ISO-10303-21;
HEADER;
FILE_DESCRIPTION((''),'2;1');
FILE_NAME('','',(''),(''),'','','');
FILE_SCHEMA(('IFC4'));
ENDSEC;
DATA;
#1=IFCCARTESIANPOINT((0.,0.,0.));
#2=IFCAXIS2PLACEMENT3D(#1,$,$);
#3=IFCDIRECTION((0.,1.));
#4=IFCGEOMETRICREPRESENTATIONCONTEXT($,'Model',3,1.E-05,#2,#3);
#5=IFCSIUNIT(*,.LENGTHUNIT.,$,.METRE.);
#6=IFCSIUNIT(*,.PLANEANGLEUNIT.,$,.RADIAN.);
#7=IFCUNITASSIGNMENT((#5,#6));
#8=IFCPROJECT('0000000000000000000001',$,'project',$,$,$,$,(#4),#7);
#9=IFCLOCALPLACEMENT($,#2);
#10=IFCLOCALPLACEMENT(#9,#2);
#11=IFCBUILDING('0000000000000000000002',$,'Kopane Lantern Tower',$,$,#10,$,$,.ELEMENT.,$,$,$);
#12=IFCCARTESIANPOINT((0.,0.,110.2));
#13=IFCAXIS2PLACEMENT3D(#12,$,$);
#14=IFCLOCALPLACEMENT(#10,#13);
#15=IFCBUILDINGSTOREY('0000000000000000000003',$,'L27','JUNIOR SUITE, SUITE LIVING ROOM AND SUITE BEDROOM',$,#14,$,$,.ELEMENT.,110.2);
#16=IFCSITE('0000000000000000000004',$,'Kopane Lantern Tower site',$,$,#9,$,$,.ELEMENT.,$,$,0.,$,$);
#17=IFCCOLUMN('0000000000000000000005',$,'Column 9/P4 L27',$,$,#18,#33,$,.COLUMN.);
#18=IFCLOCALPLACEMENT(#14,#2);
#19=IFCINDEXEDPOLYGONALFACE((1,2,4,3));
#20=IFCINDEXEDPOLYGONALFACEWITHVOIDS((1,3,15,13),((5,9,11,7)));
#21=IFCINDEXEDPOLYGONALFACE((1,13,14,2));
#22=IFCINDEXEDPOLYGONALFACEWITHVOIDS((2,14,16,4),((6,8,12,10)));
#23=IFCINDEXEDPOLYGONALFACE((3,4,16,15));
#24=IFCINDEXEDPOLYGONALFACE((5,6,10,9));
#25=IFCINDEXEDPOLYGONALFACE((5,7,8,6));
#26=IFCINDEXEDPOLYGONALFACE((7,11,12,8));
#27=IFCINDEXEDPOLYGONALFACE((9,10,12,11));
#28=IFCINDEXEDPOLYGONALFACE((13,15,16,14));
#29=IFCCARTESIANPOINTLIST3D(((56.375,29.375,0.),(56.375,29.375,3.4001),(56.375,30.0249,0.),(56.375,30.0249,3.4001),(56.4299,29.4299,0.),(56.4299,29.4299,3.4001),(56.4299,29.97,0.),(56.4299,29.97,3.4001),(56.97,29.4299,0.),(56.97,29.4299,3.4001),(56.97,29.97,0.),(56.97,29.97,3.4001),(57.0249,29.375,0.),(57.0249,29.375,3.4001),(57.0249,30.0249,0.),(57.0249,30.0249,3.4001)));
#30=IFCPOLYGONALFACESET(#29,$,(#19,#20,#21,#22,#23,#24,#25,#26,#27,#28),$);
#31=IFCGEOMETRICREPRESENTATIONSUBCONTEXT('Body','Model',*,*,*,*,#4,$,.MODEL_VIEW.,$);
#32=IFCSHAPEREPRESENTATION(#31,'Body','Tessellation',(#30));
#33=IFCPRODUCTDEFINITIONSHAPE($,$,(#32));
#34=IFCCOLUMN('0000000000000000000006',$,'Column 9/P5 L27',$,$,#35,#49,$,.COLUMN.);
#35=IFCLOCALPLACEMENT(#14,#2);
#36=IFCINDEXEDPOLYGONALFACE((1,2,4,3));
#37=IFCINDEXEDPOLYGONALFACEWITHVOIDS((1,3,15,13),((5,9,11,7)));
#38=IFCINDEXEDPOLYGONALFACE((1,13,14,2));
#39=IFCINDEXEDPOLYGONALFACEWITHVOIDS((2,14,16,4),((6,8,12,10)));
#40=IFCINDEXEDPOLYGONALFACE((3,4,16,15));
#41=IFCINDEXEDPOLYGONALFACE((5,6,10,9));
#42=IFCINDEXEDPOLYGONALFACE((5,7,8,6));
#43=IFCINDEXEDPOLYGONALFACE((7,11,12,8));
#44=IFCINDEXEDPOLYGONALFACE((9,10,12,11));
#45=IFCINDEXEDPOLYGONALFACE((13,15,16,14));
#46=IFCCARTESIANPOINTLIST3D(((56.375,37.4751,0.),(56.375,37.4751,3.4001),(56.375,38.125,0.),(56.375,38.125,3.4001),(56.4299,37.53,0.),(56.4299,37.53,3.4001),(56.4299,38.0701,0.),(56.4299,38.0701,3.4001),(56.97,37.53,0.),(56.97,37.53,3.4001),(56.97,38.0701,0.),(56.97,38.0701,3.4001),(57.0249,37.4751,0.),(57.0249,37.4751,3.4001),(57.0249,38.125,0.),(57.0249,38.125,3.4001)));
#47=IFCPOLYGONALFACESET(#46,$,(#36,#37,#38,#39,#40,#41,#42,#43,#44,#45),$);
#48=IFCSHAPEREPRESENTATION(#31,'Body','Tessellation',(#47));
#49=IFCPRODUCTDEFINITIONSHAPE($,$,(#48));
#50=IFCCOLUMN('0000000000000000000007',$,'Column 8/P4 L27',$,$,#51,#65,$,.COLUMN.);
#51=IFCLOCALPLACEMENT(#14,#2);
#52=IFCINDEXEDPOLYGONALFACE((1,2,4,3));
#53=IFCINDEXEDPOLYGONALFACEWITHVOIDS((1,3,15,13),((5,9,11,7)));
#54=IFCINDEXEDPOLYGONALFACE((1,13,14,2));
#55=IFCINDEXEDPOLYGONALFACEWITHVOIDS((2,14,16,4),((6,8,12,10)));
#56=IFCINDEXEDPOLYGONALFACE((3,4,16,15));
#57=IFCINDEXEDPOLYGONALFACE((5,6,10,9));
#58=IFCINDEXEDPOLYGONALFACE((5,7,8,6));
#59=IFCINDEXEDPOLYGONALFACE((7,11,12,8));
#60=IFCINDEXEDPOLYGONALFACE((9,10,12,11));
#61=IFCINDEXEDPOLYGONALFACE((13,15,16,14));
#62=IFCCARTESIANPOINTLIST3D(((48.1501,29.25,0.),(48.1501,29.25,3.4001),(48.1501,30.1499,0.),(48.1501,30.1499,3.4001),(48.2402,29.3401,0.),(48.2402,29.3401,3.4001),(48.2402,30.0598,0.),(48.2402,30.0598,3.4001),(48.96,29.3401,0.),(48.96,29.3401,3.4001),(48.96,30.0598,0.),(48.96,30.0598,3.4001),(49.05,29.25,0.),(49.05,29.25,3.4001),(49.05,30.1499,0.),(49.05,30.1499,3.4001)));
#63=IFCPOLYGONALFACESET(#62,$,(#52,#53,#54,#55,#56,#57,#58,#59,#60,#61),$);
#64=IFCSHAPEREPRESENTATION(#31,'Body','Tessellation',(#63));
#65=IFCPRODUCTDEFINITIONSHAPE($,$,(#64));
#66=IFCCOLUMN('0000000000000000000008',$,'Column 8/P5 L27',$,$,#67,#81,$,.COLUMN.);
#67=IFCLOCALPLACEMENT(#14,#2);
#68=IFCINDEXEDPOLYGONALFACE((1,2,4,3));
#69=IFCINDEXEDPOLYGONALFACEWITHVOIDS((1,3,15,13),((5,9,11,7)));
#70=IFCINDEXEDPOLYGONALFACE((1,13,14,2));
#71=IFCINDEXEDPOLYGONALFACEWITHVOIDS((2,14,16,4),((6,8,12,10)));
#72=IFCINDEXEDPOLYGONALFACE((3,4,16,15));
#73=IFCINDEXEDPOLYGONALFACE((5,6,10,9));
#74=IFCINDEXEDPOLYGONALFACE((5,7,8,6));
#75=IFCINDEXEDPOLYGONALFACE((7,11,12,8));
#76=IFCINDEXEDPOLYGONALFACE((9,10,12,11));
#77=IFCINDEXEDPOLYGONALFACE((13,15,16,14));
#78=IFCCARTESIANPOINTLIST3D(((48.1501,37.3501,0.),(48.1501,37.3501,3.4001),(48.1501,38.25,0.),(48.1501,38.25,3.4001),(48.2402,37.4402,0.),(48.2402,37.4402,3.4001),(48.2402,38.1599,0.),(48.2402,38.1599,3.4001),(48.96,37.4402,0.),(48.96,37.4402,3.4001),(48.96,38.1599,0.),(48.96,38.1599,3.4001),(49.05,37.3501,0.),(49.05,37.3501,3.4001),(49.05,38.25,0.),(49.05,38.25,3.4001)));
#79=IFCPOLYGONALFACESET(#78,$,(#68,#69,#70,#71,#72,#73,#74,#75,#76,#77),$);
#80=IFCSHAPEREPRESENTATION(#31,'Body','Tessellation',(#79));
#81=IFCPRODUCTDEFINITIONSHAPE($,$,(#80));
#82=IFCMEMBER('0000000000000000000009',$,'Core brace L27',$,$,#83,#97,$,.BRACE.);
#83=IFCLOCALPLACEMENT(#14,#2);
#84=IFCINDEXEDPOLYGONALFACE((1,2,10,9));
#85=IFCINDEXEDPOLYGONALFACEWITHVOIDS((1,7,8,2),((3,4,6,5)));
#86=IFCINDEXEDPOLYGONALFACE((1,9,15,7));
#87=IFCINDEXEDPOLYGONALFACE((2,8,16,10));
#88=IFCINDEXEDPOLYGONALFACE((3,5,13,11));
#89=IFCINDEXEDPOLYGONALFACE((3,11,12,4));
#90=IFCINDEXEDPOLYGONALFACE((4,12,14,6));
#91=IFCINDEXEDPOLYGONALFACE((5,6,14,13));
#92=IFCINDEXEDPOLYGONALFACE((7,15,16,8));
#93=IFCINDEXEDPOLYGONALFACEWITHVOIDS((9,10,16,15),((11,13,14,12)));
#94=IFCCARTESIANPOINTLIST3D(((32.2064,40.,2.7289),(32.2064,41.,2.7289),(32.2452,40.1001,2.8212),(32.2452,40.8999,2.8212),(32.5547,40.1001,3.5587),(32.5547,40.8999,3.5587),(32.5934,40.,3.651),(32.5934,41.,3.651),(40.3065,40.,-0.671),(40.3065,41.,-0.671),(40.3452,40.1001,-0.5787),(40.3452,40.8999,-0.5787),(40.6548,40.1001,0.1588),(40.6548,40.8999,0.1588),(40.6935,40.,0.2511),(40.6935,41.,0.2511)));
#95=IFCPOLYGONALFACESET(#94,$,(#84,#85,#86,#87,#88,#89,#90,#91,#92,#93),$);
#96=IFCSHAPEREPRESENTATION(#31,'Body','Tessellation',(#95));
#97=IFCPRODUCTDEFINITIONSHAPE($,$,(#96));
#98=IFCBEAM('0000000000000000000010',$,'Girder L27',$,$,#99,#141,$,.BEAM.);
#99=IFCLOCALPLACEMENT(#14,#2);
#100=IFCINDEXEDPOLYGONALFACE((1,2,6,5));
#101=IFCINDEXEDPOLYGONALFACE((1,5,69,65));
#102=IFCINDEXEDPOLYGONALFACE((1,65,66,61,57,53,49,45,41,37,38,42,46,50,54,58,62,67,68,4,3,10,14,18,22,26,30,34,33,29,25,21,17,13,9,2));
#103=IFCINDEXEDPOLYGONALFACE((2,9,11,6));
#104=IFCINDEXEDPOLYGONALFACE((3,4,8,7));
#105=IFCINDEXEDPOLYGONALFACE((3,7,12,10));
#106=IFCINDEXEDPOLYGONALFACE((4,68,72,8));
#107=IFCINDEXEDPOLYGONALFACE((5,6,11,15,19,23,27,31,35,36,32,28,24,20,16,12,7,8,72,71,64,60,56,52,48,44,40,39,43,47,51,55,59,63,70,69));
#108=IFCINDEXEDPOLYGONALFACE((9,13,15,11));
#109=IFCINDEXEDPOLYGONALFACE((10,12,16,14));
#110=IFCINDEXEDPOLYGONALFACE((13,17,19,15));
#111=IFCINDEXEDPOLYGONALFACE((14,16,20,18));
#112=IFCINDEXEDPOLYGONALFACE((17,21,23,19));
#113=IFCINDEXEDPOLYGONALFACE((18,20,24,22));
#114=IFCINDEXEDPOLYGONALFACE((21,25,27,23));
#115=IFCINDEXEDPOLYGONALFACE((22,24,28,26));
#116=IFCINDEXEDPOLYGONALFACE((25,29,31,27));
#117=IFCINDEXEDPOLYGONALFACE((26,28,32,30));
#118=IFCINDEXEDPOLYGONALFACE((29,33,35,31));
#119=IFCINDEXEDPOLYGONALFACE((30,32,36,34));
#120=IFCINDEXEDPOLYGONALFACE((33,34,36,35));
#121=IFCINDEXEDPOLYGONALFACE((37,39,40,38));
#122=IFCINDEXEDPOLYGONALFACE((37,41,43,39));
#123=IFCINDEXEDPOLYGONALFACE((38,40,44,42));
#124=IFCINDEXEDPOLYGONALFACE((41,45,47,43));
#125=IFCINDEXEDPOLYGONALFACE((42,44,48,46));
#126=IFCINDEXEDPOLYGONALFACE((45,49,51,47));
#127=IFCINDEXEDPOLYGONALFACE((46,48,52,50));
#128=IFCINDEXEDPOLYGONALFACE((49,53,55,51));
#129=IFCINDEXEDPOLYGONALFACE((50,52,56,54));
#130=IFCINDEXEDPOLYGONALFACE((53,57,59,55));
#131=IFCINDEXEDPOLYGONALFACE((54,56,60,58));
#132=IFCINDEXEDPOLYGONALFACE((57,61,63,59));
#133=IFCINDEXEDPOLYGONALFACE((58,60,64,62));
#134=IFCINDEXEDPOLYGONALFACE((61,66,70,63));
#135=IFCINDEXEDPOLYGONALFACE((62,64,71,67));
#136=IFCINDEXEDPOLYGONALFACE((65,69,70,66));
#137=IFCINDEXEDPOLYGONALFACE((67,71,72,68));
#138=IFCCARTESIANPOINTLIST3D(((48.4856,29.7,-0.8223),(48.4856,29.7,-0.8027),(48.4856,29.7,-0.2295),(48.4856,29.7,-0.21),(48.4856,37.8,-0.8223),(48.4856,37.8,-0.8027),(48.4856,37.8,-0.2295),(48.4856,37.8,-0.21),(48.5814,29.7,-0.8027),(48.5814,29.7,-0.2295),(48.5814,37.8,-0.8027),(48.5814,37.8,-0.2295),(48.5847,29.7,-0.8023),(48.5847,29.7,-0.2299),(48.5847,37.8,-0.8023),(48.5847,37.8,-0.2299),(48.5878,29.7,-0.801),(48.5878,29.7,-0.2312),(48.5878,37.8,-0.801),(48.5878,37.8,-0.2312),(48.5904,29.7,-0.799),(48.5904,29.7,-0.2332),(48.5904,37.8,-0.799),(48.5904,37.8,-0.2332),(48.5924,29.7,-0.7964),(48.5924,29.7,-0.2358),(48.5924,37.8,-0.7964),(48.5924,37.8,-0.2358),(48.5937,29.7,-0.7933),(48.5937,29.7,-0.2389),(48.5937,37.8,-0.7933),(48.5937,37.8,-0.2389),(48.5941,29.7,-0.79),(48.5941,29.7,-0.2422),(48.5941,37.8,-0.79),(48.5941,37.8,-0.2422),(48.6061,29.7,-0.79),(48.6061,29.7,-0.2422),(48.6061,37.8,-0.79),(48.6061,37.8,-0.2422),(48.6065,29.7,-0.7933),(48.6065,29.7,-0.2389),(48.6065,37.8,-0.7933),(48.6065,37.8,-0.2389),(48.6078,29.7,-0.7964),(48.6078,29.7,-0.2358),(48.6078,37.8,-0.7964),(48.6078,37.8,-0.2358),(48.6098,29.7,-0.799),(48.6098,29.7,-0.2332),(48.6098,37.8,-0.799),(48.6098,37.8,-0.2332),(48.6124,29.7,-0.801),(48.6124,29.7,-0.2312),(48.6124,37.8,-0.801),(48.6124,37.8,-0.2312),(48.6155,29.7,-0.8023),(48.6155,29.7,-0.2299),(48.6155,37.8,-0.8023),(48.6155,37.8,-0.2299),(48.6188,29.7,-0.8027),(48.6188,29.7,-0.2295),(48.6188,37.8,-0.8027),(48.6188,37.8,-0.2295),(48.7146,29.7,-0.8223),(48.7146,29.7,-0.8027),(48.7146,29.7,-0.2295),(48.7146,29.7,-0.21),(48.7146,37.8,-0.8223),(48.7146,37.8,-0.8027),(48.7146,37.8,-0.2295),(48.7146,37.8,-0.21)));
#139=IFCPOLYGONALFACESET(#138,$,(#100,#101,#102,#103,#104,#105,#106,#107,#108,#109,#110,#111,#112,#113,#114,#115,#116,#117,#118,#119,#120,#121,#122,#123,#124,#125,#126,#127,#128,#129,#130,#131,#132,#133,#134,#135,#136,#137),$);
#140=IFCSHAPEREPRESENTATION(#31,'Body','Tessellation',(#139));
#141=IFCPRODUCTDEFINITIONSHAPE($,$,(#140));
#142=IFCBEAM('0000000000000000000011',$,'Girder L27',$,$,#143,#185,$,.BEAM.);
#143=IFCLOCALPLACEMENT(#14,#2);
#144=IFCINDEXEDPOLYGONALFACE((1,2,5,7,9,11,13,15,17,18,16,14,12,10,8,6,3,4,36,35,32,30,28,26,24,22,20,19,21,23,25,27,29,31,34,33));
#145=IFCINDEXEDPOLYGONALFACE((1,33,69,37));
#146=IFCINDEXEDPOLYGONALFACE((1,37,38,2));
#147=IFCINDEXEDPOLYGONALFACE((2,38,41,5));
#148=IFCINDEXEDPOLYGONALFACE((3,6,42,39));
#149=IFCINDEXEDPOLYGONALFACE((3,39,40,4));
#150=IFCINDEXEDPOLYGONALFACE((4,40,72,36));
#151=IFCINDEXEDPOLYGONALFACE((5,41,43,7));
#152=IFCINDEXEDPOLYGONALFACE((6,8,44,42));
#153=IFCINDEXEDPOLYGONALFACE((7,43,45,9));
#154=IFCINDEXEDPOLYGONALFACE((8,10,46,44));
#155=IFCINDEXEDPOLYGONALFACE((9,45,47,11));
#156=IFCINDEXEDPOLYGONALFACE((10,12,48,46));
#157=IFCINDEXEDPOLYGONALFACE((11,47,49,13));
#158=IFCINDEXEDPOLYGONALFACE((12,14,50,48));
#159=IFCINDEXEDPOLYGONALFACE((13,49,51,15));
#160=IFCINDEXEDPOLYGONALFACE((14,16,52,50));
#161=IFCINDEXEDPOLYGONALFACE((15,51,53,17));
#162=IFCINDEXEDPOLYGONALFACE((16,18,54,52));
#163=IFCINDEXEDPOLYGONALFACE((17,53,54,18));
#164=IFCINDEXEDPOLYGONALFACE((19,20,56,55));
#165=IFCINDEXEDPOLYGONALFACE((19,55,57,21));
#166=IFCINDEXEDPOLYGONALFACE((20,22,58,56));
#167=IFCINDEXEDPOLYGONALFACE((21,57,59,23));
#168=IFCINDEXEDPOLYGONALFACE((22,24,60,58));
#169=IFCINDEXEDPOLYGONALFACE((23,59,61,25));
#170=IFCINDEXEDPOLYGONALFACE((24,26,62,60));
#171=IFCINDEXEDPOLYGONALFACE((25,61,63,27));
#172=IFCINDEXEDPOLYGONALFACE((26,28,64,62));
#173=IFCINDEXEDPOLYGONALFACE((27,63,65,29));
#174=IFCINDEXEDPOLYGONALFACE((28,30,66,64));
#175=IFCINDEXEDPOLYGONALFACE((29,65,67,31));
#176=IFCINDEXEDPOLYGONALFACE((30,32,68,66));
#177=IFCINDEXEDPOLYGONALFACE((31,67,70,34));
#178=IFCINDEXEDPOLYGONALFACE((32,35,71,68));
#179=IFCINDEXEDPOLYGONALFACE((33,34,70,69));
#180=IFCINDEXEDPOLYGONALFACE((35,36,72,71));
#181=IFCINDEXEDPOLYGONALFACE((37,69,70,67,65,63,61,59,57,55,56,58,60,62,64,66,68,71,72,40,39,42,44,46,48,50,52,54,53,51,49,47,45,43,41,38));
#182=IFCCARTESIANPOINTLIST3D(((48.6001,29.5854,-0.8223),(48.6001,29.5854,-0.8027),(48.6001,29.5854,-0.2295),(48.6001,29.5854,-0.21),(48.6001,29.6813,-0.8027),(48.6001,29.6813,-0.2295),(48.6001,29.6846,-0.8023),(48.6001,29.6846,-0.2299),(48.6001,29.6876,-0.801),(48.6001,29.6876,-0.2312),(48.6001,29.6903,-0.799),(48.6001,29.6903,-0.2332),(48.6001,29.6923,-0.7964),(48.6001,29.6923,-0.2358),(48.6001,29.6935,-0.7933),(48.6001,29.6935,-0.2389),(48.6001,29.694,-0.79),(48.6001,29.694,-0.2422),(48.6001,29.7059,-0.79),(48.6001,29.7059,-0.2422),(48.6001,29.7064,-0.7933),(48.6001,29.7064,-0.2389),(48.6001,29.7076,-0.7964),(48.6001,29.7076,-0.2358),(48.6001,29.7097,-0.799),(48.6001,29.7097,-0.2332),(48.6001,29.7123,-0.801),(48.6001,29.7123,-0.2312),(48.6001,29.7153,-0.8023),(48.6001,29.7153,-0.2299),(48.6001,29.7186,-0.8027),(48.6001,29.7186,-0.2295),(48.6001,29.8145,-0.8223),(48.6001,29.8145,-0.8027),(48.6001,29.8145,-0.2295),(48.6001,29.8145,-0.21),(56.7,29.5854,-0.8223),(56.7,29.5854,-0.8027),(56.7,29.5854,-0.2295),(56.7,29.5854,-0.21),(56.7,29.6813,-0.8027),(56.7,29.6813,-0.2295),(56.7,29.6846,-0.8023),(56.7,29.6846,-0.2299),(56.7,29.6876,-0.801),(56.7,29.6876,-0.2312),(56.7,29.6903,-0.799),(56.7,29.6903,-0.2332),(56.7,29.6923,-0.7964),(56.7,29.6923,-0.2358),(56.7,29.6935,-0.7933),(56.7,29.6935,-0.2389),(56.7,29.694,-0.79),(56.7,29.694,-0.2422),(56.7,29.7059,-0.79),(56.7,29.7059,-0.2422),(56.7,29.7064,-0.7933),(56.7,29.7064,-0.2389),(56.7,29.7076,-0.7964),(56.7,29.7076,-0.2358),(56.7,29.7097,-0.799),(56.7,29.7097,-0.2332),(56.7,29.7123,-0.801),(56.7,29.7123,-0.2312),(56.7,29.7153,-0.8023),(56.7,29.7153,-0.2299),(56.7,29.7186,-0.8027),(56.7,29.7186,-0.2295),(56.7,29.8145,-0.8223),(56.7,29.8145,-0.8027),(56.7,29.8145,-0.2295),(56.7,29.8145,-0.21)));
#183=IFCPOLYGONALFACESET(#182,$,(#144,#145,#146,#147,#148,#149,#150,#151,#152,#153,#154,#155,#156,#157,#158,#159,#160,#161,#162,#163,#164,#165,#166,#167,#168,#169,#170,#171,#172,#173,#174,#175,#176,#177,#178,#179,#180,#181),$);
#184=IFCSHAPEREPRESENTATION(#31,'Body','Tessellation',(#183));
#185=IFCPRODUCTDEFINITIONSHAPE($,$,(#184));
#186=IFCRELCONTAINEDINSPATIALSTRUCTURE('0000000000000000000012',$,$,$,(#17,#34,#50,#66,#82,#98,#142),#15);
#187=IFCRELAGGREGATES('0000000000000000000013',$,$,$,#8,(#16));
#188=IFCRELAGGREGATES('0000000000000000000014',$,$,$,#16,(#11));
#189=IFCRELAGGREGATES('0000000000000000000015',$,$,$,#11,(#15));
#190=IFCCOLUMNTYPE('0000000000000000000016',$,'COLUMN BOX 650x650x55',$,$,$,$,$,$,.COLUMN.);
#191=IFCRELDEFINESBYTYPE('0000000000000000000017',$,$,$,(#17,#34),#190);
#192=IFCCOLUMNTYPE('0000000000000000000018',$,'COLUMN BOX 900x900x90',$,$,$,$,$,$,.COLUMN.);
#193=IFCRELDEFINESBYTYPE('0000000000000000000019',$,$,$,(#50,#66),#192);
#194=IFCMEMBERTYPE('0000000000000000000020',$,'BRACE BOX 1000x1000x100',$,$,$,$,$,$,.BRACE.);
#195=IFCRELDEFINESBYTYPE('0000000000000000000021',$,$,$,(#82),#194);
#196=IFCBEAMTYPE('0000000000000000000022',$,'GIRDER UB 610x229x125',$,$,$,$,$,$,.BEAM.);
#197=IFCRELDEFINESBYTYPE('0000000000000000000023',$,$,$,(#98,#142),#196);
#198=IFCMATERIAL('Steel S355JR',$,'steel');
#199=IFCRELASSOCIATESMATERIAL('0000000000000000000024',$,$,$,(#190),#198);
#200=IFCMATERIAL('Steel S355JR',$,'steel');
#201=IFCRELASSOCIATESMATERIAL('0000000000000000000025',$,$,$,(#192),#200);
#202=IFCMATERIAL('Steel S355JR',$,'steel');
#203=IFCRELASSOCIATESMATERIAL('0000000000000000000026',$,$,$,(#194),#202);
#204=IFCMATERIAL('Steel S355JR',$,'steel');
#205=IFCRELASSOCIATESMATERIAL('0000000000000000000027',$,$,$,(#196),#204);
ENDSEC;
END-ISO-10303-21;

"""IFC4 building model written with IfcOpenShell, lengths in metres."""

from ifc_helpers import new_model, si_unit, direction, frame, origin, origin_2d, place, context, subcontext, project, spatial, hollow_rectangle, i_section, extrude, material, material_profile, profile_set, type_object, element, save


model = new_model("IFC4")

# Units and contexts
model_context = context("Model", 3, precision=1e-05, world=origin(), true_north=direction((0.0, 1.0)))
body_context = subcontext(model_context, "Body", "Model", "MODEL_VIEW")
ifc_project = project(units=[si_unit("LENGTHUNIT", "METRE"), si_unit("PLANEANGLEUNIT", "RADIAN")], contexts=[model_context])

# Site, building, storey
site_placement = place(None, origin())
site = spatial("IfcSite", under=ifc_project, at=site_placement, Name="Kopane Lantern Tower site", CompositionType="ELEMENT", RefElevation=0.0)
building_placement = place(site_placement, origin())
building = spatial("IfcBuilding", under=site, at=building_placement, Name="Kopane Lantern Tower", CompositionType="ELEMENT")
storey_placement = place(building_placement, frame((0.0, 0.0, 110.2)))
storey = spatial("IfcBuildingStorey", under=building, at=storey_placement, Name="L27", Description="JUNIOR SUITE, SUITE LIVING ROOM AND SUITE BEDROOM", CompositionType="ELEMENT", Elevation=110.2)

# Columns
ifc_material_1 = material(Name="Steel S355JR", Category="steel")
ifc_material_profile_1 = material_profile(ifc_material_1, hollow_rectangle(XDim=0.6499, YDim=0.6499, WallThickness=0.0549, at=origin_2d()), Name="BOX 650x650x55")
ifc_profile_set_1 = profile_set([ifc_material_profile_1], Name="Steel S355JR")
column_type_1 = type_object("IfcColumnType", Name="COLUMN BOX 650x650x55", PredefinedType="COLUMN", material=ifc_profile_set_1)
for number, where, z_axis, x_axis, name in (
    (1, (56.7, 29.7, 0.0), (0.0, 0.0, 1.0), (1.0, 0.0, 0.0), "Column 9/P4 L27"),
    (2, (56.7, 37.8, 0.0), (0.0, 0.0, 1.0), (1.0, 0.0, 0.0), "Column 9/P5 L27"),
):
    element("IfcColumn", number, at=place(storey_placement, frame(where, z_axis=z_axis, x_axis=x_axis)), inside=storey, type_object=column_type_1, Name=name, PredefinedType="COLUMN", context=body_context, shape_type="SweptSolid", body=[
        extrude(hollow_rectangle(XDim=0.6499, YDim=0.6499, WallThickness=0.0549, at=origin_2d()), origin(), (0.0, 0.0, 1.0), 3.4001),
    ])
ifc_material_2 = material(Name="Steel S355JR", Category="steel")
ifc_material_profile_2 = material_profile(ifc_material_2, hollow_rectangle(XDim=0.8999, YDim=0.8999, WallThickness=0.0901, at=origin_2d()), Name="BOX 900x900x90")
ifc_profile_set_2 = profile_set([ifc_material_profile_2], Name="Steel S355JR")
column_type_2 = type_object("IfcColumnType", Name="COLUMN BOX 900x900x90", PredefinedType="COLUMN", material=ifc_profile_set_2)
for number, where, z_axis, x_axis, name in (
    (3, (48.6001, 29.7, 0.0), (0.0, 0.0, 1.0), (1.0, 0.0, 0.0), "Column 8/P4 L27"),
    (4, (48.6001, 37.8, 0.0), (0.0, 0.0, 1.0), (1.0, 0.0, 0.0), "Column 8/P5 L27"),
):
    element("IfcColumn", number, at=place(storey_placement, frame(where, z_axis=z_axis, x_axis=x_axis)), inside=storey, type_object=column_type_2, Name=name, PredefinedType="COLUMN", context=body_context, shape_type="SweptSolid", body=[
        extrude(hollow_rectangle(XDim=0.8999, YDim=0.8999, WallThickness=0.0901, at=origin_2d()), origin(), (0.0, 0.0, 1.0), 3.4001),
    ])

# Member
ifc_material_3 = material(Name="Steel S355JR", Category="steel")
ifc_material_profile_3 = material_profile(ifc_material_3, hollow_rectangle(XDim=1.0, YDim=1.0, WallThickness=0.1001, at=origin_2d()), Name="BOX 1000x1000x100")
ifc_profile_set_3 = profile_set([ifc_material_profile_3], Name="Steel S355JR")
member_type = type_object("IfcMemberType", Name="BRACE BOX 1000x1000x100", PredefinedType="BRACE", material=ifc_profile_set_3)
member_placement = place(storey_placement, frame((40.5, 40.5, -0.21), z_axis=(-0.922069, 0.0, 0.387026), x_axis=(0.0, -1.0, 0.0)))
element("IfcMember", 5, at=member_placement, inside=storey, type_object=member_type, Name="Core brace L27", PredefinedType="BRACE", context=body_context, shape_type="SweptSolid", body=[
    extrude(hollow_rectangle(XDim=1.0, YDim=1.0, WallThickness=0.1001, at=origin_2d()), origin(), (0.0, 0.0, 1.0), 8.7847),
])

# Beams
ifc_material_4 = material(Name="Steel S355JR", Category="steel")
ifc_material_profile_4 = material_profile(ifc_material_4, i_section(OverallWidth=0.229, OverallDepth=0.6123, WebThickness=0.012, FlangeThickness=0.0195, FilletRadius=0.0127, at=origin_2d()), Name="UB 610x229x125")
ifc_profile_set_4 = profile_set([ifc_material_profile_4], Name="Steel S355JR")
beam_type = type_object("IfcBeamType", Name="GIRDER UB 610x229x125", PredefinedType="BEAM", material=ifc_profile_set_4)
beam_1_placement = place(storey_placement, frame((48.6001, 29.7, -0.5161), z_axis=(0.0, 1.0, 0.0), x_axis=(-1.0, 0.0, 0.0)))
element("IfcBeam", 6, at=beam_1_placement, inside=storey, type_object=beam_type, Name="Girder L27", PredefinedType="BEAM", context=body_context, shape_type="SweptSolid", body=[
    extrude(i_section(OverallWidth=0.229, OverallDepth=0.6123, WebThickness=0.012, FlangeThickness=0.0195, FilletRadius=0.0127, at=origin_2d()), origin(), (0.0, 0.0, 1.0), 8.1001),
])
for number, where, z_axis, x_axis, name in (
    (7, (48.6001, 29.7, -0.5161), (1.0, 0.0, 0.0), (0.0, 1.0, 0.0), "Girder L27"),
):
    element("IfcBeam", number, at=place(storey_placement, frame(where, z_axis=z_axis, x_axis=x_axis)), inside=storey, type_object=beam_type, Name=name, PredefinedType="BEAM", context=body_context, shape_type="SweptSolid", body=[
        extrude(i_section(OverallWidth=0.229, OverallDepth=0.6123, WebThickness=0.012, FlangeThickness=0.0195, FilletRadius=0.0127, at=origin_2d()), origin(), (0.0, 0.0, 1.0), 8.0999),
    ])

save(model, "model.ifc")
